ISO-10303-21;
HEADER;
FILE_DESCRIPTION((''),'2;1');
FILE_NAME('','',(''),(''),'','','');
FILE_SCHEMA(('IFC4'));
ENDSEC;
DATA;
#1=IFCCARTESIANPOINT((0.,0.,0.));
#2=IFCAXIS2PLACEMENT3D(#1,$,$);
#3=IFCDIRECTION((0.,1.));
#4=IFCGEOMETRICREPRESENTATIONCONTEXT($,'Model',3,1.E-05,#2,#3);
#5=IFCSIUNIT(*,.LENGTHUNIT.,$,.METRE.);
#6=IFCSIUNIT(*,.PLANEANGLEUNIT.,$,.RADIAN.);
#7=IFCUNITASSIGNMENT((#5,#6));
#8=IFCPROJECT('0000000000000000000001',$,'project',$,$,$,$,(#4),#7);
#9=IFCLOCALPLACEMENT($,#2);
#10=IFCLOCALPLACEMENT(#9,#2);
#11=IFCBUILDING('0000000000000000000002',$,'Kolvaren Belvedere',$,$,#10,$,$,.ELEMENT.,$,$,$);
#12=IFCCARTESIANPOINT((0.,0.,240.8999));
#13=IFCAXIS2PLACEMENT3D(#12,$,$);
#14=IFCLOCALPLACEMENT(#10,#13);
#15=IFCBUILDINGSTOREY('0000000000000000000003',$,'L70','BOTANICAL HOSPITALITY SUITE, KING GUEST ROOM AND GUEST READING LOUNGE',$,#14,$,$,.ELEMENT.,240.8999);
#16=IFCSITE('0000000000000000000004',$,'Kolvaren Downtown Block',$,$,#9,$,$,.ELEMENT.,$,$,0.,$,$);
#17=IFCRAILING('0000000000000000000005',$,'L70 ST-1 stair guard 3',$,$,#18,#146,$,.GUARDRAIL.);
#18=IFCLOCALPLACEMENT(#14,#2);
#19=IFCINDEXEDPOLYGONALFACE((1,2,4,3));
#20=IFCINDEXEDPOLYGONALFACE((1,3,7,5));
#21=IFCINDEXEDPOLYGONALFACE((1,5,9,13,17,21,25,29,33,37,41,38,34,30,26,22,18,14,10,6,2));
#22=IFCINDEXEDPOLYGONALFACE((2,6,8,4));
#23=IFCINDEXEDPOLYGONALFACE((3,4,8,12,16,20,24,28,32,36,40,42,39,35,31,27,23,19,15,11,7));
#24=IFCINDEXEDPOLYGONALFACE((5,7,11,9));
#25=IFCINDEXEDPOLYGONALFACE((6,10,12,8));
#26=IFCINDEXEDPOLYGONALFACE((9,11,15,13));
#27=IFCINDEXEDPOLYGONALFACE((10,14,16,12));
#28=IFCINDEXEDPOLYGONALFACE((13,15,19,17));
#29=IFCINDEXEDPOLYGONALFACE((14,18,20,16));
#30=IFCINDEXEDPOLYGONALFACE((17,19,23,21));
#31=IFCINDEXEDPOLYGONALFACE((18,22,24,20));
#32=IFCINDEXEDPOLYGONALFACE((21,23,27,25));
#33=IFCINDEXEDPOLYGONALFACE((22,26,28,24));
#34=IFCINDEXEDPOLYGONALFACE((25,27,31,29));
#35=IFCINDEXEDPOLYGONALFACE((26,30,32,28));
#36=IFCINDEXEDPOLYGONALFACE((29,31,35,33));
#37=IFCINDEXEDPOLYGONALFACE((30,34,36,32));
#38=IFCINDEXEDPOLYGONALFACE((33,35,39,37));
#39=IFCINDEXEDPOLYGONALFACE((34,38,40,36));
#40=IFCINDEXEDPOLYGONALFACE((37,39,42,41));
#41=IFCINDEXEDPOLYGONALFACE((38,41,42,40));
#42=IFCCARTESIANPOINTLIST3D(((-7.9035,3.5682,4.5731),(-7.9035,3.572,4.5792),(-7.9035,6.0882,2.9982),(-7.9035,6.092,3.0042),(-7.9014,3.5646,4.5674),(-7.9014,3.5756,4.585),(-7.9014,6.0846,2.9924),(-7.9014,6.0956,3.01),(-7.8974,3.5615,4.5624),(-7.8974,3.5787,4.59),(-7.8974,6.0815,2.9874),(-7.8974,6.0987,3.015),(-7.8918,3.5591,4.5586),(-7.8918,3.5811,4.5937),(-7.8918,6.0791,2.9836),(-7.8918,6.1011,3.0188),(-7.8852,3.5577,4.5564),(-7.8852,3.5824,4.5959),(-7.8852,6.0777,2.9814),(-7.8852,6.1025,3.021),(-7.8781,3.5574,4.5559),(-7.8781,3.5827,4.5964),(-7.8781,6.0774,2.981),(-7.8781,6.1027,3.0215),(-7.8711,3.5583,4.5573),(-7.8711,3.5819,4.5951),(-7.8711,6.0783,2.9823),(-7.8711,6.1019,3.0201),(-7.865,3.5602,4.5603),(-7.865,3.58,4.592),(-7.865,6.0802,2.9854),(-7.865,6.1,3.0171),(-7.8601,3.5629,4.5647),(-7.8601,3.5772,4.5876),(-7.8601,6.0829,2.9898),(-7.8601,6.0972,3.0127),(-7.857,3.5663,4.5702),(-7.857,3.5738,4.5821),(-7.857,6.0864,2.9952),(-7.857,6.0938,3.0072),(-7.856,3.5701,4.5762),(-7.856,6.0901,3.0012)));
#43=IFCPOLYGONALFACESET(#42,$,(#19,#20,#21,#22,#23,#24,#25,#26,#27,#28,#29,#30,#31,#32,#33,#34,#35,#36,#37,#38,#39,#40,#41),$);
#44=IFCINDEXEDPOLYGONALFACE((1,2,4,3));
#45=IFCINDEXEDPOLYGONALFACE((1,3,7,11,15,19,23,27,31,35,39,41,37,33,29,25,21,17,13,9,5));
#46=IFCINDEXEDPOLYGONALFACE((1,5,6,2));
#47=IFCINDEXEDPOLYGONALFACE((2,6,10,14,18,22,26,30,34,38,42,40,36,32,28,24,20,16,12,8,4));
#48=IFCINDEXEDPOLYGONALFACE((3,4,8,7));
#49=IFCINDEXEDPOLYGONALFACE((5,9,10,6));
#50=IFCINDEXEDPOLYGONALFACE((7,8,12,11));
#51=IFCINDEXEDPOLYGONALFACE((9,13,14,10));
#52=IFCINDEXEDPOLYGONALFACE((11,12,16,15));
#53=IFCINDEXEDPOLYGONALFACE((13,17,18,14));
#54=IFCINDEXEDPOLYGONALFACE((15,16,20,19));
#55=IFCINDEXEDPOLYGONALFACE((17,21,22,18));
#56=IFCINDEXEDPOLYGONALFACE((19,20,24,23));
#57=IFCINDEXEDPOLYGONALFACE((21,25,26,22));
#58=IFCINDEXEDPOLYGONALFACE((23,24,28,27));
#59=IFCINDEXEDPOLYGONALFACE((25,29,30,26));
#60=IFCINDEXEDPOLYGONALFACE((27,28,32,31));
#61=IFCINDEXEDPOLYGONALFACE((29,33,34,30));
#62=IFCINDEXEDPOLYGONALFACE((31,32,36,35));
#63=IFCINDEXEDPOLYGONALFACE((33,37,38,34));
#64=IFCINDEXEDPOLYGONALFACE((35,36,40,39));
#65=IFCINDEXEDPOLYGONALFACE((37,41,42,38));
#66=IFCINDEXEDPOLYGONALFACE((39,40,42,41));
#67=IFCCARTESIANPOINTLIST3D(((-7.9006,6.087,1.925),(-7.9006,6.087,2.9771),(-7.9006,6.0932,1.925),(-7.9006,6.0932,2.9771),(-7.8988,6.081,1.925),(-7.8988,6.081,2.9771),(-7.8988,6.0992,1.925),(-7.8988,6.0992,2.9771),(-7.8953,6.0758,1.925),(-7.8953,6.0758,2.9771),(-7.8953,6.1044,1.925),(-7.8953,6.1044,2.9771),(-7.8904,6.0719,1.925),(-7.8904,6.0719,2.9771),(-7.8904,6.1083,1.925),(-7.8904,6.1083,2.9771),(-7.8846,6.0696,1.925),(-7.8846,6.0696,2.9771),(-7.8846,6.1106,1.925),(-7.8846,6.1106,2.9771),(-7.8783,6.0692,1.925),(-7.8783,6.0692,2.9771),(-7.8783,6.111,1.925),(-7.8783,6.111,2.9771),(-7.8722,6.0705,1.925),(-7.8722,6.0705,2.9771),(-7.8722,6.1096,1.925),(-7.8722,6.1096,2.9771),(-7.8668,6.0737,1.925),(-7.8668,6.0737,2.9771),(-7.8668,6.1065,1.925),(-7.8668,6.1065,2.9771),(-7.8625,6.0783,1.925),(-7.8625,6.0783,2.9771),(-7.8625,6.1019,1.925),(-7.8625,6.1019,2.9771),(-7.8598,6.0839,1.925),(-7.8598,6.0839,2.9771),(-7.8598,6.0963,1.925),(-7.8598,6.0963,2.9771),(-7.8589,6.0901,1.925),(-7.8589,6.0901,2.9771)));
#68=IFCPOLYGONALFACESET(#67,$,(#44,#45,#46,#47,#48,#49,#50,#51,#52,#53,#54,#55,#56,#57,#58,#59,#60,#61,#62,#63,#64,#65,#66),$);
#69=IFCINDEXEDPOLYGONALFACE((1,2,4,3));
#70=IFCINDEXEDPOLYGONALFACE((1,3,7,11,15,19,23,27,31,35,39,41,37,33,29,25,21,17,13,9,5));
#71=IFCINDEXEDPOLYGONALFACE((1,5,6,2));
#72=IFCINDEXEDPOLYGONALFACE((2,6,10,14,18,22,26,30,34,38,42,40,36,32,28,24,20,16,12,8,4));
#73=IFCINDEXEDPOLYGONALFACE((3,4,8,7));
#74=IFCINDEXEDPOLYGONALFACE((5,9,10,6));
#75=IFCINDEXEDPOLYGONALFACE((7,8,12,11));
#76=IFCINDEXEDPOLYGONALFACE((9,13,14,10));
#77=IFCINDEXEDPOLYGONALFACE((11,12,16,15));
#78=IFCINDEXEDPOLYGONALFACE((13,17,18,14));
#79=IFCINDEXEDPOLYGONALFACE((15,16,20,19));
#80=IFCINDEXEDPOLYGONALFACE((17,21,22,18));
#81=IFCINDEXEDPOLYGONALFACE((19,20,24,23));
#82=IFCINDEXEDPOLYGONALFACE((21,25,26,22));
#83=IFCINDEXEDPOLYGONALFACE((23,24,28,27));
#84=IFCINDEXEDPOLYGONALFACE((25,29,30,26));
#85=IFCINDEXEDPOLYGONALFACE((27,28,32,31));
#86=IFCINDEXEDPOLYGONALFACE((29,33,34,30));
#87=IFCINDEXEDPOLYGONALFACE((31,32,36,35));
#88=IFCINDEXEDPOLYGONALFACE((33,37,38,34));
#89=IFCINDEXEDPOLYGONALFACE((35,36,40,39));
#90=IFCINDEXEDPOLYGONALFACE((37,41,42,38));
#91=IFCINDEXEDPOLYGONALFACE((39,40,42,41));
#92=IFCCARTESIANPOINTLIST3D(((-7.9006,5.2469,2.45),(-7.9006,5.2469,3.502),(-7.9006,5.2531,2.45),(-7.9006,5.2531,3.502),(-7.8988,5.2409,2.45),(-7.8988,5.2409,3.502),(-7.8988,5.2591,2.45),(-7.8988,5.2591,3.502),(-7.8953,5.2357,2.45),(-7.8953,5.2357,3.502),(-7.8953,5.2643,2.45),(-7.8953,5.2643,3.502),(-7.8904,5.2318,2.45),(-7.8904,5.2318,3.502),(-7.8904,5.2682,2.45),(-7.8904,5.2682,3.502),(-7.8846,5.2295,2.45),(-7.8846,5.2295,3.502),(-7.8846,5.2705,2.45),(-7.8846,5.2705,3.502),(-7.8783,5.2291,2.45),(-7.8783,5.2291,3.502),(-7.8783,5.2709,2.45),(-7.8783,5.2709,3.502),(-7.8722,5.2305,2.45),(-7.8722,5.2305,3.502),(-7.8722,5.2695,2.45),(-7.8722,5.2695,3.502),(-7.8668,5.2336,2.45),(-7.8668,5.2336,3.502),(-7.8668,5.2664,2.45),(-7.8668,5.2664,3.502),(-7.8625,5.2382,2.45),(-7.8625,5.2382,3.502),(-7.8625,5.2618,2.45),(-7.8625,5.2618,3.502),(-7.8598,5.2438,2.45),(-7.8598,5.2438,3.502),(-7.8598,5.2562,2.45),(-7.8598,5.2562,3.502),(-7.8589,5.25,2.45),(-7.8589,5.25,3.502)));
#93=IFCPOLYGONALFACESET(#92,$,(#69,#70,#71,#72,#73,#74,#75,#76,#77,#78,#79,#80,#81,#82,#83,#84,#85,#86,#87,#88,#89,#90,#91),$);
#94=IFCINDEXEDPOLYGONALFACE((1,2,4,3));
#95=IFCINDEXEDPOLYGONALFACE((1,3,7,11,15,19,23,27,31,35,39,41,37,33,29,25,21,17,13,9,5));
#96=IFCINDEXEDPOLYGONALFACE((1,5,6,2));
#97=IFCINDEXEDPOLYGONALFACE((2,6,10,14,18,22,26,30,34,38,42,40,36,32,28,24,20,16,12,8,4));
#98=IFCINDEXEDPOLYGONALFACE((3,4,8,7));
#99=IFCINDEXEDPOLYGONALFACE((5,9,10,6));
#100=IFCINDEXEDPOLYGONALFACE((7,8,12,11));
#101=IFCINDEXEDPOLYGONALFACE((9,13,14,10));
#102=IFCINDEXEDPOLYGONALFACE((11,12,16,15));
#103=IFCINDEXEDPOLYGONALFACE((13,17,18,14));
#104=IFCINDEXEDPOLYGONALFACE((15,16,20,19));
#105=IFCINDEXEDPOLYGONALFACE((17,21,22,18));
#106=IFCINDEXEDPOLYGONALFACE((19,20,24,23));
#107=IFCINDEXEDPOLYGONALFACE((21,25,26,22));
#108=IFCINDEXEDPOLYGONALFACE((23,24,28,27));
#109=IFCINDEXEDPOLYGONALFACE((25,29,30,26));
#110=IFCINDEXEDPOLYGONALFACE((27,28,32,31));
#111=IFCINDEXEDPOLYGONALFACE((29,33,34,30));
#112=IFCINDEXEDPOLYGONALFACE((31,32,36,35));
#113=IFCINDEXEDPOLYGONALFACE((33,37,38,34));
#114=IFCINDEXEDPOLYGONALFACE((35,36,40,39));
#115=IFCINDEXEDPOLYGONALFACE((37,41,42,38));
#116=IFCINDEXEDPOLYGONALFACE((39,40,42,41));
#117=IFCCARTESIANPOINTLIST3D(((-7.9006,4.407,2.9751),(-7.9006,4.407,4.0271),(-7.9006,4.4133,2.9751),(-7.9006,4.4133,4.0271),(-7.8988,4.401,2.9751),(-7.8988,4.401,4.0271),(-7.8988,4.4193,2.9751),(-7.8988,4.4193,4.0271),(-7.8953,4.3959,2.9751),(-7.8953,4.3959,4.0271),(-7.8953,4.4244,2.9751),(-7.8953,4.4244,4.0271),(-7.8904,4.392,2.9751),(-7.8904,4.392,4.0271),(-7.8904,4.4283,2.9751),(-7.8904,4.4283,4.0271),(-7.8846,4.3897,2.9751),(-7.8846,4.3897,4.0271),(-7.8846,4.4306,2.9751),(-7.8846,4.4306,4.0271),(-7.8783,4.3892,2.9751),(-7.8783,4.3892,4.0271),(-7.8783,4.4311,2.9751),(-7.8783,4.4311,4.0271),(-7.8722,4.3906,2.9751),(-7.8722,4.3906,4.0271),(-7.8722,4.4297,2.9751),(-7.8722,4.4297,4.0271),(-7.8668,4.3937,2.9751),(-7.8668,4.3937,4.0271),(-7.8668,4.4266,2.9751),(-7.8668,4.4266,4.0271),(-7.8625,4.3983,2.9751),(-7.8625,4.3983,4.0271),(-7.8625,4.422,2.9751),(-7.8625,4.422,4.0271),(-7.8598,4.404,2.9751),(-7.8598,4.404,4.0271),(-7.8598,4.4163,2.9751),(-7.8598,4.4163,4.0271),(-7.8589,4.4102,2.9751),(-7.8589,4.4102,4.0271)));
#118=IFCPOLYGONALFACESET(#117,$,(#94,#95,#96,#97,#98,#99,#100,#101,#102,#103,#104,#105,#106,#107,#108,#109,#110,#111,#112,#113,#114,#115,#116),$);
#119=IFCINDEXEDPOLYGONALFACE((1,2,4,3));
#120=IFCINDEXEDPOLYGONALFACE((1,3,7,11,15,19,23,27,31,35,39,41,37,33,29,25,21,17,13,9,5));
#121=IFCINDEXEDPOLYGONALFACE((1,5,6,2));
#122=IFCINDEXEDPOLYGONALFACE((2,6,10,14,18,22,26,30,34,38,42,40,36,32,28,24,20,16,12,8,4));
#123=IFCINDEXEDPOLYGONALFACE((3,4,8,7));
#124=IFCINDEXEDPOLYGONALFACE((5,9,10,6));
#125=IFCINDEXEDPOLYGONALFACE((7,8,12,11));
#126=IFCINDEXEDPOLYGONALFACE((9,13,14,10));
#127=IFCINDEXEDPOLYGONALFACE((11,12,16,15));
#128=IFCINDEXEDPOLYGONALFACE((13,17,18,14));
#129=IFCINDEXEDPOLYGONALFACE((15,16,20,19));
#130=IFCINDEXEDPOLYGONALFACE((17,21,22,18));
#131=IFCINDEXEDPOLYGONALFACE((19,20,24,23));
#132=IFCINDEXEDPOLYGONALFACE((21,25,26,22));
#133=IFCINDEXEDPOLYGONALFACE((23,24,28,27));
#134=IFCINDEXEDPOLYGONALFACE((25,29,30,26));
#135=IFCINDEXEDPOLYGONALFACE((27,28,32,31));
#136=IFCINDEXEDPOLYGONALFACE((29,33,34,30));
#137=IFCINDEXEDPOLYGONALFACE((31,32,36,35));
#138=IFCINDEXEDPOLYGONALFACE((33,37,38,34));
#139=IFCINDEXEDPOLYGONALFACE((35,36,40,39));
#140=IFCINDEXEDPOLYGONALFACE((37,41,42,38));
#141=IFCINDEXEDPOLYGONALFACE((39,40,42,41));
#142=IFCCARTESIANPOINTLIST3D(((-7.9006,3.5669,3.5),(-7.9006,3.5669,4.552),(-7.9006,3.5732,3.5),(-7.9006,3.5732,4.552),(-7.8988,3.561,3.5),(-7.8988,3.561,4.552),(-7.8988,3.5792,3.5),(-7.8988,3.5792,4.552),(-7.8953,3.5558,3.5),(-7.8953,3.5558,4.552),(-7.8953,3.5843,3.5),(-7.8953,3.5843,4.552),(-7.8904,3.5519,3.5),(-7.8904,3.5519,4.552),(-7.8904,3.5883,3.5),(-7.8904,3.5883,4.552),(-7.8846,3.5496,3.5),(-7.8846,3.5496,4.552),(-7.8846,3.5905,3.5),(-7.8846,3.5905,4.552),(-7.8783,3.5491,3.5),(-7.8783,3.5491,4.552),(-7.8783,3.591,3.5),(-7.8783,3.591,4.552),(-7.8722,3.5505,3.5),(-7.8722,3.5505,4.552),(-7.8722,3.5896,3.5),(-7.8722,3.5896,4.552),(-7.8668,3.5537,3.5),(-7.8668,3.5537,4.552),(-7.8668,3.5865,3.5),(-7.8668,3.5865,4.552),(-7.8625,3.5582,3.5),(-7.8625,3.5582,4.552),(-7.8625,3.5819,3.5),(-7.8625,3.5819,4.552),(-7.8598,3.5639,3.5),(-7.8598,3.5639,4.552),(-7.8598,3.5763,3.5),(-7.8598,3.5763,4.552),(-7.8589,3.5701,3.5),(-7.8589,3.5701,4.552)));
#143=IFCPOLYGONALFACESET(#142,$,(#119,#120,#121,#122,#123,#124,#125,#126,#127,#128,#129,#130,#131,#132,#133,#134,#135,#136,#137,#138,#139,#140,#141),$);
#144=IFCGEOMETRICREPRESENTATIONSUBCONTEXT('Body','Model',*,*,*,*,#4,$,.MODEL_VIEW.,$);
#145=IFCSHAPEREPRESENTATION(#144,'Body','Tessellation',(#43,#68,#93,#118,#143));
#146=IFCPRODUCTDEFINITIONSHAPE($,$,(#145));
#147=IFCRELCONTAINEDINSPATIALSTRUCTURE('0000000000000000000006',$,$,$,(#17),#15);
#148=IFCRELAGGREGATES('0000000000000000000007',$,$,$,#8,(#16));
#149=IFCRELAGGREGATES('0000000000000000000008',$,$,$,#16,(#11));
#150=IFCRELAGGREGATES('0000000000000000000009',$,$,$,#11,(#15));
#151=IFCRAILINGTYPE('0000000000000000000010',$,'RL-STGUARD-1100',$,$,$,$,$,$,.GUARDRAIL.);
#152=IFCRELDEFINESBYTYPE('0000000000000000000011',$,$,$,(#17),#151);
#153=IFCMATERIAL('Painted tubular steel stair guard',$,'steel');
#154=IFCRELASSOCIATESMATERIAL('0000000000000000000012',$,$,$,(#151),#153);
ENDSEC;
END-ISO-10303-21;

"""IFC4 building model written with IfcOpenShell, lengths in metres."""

from ifc_helpers import new_model, si_unit, direction, frame, origin, origin_2d, place, context, subcontext, project, spatial, circle, extrude, material, type_object, element, save


model = new_model("IFC4")

# Units and contexts
model_context = context("Model", 3, precision=1e-05, world=origin(), true_north=direction((0.0, 1.0)))
body_context = subcontext(model_context, "Body", "Model", "MODEL_VIEW")
ifc_project = project(units=[si_unit("LENGTHUNIT", "METRE"), si_unit("PLANEANGLEUNIT", "RADIAN")], contexts=[model_context])

# Site, building, storey
site_placement = place(None, origin())
site = spatial("IfcSite", under=ifc_project, at=site_placement, Name="Kolvaren Downtown Block", CompositionType="ELEMENT", RefElevation=0.0)
building_placement = place(site_placement, origin())
building = spatial("IfcBuilding", under=site, at=building_placement, Name="Kolvaren Belvedere", CompositionType="ELEMENT")
storey_placement = place(building_placement, frame((0.0, 0.0, 240.8999)))
storey = spatial("IfcBuildingStorey", under=building, at=storey_placement, Name="L70", Description="BOTANICAL HOSPITALITY SUITE, KING GUEST ROOM AND GUEST READING LOUNGE", CompositionType="ELEMENT", Elevation=240.8999)

# Railing
ifc_material_1 = material(Name="Painted tubular steel stair guard", Category="steel")
railing_type_1 = type_object("IfcRailingType", Name="RL-STGUARD-1100", PredefinedType="GUARDRAIL", material=ifc_material_1)
railing_1_placement = place(storey_placement, frame((-7.8799, 6.0901, 1.925)))
element("IfcRailing", 1, at=railing_1_placement, inside=storey, type_object=railing_type_1, Name="L70 ST-1 stair guard 3", PredefinedType="GUARDRAIL", context=body_context, shape_type="SweptSolid", body=[
    extrude(circle(Radius=0.0239, at=origin_2d()), frame((0.0, 0.0, 1.0762), z_axis=(0.0, -0.848008, 0.529984), x_axis=(1.0, 0.0, 0.0)), (0.0, 0.0, 1.0), 2.9717),
    extrude(circle(Radius=0.021, at=origin_2d()), origin(), (0.0, 0.0, 1.0), 1.052),
    extrude(circle(Radius=0.021, at=origin_2d()), frame((0.0, -0.8401, 0.5249)), (0.0, 0.0, 1.0), 1.052),
    extrude(circle(Radius=0.021, at=origin_2d()), frame((0.0, -1.6799, 1.05)), (0.0, 0.0, 1.0), 1.052),
    extrude(circle(Radius=0.021, at=origin_2d()), frame((0.0, -2.52, 1.575)), (0.0, 0.0, 1.0), 1.052),
])

save(model, "model.ifc")
